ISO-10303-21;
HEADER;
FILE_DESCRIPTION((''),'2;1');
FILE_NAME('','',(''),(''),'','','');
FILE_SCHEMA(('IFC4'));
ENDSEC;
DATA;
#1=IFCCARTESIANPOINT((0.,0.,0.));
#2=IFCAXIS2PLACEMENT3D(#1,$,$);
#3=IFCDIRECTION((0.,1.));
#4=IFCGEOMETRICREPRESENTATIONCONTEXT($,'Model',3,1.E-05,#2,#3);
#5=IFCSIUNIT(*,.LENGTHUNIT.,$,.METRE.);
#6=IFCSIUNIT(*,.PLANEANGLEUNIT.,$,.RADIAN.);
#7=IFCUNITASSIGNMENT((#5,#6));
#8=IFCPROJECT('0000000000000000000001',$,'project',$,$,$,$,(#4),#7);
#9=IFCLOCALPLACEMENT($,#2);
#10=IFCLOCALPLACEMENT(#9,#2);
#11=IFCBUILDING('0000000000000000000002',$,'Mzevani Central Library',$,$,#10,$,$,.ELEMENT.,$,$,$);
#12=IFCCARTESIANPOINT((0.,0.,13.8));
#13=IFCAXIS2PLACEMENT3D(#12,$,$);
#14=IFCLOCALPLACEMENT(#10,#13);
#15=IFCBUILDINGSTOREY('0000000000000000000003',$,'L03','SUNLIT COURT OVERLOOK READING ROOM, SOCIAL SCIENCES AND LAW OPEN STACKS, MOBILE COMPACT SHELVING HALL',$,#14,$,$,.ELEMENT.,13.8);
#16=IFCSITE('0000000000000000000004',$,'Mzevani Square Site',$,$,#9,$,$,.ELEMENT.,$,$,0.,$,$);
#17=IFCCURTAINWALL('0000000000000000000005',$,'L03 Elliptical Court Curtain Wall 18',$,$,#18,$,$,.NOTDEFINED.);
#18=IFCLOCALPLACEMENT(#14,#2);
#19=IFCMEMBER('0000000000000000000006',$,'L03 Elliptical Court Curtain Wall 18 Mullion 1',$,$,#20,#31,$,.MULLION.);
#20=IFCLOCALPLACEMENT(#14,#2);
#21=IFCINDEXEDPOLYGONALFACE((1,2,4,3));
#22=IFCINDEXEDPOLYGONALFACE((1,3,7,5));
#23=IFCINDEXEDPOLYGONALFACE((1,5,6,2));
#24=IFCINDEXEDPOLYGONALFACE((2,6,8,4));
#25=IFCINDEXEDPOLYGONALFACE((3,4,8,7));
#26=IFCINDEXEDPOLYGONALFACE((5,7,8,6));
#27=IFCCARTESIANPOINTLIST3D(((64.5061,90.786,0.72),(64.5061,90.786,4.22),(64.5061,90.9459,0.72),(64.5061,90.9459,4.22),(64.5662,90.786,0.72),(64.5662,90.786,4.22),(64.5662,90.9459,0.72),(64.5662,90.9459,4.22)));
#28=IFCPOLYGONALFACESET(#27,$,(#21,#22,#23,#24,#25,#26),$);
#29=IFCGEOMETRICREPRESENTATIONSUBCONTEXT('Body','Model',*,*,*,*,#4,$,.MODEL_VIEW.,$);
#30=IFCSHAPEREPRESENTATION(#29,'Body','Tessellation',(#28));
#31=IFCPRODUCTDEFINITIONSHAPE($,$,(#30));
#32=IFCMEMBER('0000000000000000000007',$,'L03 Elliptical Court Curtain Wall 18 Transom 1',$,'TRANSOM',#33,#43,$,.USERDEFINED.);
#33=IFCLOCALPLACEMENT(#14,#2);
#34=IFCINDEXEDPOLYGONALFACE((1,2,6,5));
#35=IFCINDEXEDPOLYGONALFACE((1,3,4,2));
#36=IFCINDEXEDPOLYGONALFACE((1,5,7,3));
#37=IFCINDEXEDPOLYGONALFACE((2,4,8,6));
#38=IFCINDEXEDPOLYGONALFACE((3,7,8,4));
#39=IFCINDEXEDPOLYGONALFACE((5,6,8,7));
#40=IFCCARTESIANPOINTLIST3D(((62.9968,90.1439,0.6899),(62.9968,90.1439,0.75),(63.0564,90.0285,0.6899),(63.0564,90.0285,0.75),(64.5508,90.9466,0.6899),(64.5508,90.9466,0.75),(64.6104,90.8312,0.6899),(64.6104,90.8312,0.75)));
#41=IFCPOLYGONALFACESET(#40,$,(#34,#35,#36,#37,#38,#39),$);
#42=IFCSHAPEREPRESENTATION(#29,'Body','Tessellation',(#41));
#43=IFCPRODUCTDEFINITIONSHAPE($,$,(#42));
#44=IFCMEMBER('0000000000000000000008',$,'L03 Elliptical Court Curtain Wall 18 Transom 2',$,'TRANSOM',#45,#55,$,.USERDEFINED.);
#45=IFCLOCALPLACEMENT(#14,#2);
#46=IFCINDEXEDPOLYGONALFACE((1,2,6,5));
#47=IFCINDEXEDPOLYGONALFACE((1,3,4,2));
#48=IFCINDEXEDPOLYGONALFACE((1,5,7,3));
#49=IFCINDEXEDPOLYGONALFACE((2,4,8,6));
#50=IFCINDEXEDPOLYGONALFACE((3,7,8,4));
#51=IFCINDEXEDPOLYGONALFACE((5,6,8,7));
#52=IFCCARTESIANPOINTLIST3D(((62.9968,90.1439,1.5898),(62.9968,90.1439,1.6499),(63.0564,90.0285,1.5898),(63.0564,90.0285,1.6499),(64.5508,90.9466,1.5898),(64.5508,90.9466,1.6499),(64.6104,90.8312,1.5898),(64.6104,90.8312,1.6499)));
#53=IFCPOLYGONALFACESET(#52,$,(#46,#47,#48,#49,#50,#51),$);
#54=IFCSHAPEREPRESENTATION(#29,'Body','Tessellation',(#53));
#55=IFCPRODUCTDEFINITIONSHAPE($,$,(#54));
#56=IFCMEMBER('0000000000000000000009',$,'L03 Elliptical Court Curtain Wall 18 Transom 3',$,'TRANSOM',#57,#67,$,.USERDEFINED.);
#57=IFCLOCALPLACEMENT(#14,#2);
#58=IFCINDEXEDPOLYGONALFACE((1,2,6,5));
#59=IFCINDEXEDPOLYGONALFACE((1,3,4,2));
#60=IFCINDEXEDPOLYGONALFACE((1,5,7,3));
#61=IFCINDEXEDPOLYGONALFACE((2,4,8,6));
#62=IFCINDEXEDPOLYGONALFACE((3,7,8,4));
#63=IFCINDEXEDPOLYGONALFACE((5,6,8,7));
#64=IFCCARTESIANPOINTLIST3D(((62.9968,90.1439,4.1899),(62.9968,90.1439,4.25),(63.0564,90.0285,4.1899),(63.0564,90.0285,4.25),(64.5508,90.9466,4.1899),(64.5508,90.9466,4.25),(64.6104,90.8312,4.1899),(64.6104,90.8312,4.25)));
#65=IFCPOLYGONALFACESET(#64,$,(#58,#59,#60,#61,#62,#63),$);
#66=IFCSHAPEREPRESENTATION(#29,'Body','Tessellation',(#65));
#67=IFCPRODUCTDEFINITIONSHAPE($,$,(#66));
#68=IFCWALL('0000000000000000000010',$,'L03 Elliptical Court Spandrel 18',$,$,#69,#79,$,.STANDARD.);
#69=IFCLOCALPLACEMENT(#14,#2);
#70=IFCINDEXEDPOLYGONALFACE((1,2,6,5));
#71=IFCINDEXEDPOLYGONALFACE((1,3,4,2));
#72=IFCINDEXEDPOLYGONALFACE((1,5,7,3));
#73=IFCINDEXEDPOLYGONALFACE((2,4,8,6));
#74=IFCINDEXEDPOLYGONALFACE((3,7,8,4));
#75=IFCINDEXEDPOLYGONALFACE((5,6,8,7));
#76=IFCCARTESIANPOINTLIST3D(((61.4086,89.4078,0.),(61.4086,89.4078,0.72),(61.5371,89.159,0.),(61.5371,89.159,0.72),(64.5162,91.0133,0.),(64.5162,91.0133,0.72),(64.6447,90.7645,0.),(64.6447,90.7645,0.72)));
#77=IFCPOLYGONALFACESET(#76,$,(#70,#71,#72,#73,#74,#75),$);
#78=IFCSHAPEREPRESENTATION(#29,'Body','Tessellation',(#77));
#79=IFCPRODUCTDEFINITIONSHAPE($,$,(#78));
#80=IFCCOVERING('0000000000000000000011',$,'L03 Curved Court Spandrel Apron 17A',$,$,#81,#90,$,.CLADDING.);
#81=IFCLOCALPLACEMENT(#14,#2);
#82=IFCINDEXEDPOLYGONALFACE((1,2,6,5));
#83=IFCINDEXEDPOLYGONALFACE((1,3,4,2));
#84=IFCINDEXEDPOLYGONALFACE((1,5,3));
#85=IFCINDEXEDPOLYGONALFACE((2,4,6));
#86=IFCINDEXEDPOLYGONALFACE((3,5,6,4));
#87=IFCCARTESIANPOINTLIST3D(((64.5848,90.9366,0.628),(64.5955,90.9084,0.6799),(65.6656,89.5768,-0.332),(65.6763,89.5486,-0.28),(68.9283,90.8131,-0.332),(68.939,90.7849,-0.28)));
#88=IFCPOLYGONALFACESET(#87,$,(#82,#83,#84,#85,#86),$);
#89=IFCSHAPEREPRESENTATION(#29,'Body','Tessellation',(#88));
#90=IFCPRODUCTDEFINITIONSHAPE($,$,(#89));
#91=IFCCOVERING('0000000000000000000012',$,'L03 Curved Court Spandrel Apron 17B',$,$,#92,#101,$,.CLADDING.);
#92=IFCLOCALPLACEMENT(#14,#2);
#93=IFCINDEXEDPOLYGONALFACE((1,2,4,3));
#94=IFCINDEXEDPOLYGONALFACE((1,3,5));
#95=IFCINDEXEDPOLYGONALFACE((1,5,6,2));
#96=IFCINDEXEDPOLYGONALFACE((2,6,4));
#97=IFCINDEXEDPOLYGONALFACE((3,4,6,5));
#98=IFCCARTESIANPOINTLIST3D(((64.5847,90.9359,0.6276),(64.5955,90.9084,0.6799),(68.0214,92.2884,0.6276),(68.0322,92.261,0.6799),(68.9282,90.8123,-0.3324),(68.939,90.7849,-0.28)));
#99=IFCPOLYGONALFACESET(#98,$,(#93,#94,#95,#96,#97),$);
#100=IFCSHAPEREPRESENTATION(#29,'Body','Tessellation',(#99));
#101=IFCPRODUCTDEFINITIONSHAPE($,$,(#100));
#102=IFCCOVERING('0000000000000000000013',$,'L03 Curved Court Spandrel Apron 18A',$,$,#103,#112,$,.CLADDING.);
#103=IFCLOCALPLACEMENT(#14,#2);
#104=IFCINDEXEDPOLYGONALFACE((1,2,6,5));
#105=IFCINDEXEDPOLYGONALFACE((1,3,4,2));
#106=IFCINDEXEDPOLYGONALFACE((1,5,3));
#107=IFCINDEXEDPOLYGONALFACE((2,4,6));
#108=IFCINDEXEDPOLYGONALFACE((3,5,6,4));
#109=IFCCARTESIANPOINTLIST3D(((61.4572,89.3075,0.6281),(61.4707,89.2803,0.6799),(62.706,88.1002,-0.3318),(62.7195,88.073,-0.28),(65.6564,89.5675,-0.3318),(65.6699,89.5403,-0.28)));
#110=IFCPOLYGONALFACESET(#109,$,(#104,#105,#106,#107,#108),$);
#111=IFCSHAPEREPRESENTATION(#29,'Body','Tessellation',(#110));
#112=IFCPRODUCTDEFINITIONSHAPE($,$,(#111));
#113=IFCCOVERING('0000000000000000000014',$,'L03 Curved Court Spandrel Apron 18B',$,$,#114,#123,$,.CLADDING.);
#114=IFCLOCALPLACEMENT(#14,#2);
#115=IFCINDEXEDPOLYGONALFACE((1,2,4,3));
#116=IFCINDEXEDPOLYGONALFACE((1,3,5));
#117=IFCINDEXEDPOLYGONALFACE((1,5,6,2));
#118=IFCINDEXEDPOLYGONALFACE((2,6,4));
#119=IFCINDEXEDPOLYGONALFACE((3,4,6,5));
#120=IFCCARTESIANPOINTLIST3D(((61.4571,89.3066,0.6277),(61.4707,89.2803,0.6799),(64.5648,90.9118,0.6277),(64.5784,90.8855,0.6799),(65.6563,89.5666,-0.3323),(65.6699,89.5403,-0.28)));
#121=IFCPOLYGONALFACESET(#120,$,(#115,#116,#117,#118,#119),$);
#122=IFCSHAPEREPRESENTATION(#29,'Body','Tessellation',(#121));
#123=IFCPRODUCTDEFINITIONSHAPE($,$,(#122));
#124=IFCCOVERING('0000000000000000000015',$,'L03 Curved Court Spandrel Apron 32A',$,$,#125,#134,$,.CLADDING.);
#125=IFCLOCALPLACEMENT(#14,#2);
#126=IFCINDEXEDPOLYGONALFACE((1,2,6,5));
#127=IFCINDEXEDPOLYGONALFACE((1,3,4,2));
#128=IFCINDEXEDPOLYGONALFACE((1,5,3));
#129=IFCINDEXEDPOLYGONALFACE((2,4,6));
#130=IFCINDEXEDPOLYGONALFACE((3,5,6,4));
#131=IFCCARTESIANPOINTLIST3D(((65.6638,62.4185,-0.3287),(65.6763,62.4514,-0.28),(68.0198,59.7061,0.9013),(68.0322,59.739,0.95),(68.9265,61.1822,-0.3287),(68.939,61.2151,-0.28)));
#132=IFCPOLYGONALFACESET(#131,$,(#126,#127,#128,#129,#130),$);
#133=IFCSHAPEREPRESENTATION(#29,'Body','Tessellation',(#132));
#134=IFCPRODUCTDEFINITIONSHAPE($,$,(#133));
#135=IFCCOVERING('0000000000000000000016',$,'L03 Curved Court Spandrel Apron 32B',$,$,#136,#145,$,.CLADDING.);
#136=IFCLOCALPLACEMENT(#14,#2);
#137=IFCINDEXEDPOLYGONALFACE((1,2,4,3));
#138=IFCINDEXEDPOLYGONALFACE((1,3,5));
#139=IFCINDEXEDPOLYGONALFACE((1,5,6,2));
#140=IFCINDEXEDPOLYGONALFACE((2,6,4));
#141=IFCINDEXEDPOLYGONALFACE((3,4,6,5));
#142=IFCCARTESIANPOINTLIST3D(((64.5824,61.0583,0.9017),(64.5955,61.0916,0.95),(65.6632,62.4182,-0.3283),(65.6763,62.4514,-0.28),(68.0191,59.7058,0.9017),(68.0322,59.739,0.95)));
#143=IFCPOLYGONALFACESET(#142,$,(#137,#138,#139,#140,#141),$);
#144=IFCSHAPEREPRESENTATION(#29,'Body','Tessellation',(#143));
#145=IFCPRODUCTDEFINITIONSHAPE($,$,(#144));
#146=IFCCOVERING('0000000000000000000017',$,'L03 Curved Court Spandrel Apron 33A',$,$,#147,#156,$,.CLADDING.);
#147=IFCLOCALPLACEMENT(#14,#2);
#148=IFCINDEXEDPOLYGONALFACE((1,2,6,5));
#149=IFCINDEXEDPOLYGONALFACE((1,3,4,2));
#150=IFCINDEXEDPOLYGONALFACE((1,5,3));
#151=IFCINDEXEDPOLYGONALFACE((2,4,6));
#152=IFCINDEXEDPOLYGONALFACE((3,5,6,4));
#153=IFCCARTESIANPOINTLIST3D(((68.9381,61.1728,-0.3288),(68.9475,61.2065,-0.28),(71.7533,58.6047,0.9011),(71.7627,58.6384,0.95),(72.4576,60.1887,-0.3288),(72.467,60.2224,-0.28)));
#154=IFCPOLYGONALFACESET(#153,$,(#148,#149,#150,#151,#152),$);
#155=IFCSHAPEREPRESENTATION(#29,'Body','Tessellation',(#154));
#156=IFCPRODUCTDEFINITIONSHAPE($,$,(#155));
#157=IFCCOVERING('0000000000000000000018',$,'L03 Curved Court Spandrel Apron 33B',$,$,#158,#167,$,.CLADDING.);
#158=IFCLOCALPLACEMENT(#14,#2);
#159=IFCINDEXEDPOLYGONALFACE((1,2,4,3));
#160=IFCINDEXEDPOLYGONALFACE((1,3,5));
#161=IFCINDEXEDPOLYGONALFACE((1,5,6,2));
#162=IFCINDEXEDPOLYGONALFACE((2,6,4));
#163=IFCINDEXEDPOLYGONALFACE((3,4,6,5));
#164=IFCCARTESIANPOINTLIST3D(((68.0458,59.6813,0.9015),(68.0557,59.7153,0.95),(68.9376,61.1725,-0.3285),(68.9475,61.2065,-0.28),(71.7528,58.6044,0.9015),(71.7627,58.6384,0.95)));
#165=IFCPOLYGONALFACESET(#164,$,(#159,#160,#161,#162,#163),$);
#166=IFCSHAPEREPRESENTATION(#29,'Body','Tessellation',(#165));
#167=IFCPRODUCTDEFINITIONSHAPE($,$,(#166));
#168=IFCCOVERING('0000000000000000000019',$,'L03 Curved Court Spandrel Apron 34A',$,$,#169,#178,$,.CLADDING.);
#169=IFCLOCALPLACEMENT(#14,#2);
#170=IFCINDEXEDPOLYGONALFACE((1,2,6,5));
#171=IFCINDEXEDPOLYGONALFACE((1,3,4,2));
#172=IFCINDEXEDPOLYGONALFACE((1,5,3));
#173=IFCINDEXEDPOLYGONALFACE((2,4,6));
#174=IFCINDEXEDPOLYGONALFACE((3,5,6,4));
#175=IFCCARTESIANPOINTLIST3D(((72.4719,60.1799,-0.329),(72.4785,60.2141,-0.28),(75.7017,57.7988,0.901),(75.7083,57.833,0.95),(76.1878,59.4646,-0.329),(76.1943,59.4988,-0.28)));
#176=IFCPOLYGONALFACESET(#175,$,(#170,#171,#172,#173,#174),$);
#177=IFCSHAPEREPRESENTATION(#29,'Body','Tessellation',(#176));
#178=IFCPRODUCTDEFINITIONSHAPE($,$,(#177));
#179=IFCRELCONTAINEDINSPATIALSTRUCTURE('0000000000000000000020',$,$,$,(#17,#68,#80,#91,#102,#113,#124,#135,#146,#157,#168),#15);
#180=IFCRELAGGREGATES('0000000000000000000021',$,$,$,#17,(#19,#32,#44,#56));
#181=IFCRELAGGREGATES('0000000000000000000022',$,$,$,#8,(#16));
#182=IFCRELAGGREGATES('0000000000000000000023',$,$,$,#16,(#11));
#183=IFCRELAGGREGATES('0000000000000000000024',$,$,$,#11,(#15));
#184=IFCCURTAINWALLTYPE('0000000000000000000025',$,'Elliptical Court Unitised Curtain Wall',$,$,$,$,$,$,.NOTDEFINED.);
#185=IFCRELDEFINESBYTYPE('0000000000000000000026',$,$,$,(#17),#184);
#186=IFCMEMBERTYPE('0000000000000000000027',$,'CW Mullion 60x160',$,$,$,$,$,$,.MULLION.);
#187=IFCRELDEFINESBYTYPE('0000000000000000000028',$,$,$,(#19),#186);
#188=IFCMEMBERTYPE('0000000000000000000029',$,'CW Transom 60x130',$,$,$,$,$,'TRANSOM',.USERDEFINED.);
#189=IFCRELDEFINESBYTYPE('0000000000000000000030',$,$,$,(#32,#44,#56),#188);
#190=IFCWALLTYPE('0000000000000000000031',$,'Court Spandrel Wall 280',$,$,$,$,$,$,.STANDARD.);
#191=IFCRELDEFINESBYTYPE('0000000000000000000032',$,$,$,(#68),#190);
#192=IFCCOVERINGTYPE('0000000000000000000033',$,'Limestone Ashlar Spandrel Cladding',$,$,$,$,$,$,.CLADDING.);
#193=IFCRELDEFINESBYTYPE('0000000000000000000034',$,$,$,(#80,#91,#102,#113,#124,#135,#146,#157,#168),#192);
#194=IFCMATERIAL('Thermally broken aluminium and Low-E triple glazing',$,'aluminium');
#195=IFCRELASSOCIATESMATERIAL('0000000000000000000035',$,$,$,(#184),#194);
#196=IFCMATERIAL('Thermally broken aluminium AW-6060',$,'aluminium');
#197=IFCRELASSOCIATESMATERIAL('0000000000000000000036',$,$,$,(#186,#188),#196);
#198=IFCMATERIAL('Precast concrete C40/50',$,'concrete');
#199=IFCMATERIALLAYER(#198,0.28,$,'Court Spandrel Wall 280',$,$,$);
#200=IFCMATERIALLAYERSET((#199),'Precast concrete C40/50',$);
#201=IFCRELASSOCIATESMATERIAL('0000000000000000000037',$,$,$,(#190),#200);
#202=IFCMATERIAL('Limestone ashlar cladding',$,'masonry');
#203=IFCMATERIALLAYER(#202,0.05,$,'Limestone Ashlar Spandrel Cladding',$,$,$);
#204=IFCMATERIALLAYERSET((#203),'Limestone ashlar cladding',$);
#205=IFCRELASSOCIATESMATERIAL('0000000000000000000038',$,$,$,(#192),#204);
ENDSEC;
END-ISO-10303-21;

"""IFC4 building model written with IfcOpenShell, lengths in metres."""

from ifc_helpers import new_model, si_unit, direction, frame, frame_2d, origin, origin_2d, place, context, subcontext, project, spatial, polyline, rectangle, outline, extrude, material, layer, layer_set, material_profile, profile_set, type_object, element, aggregate, save


model = new_model("IFC4")

# Units and contexts
model_context = context("Model", 3, precision=1e-05, world=origin(), true_north=direction((0.0, 1.0)))
body_context = subcontext(model_context, "Body", "Model", "MODEL_VIEW")
ifc_project = project(units=[si_unit("LENGTHUNIT", "METRE"), si_unit("PLANEANGLEUNIT", "RADIAN")], contexts=[model_context])

# Site, building, storey
site_placement = place(None, origin())
site = spatial("IfcSite", under=ifc_project, at=site_placement, Name="Mzevani Square Site", CompositionType="ELEMENT", RefElevation=0.0)
building_placement = place(site_placement, origin())
building = spatial("IfcBuilding", under=site, at=building_placement, Name="Mzevani Central Library", CompositionType="ELEMENT")
storey_placement = place(building_placement, frame((0.0, 0.0, 13.8)))
storey = spatial("IfcBuildingStorey", under=building, at=storey_placement, Name="L03", Description="SUNLIT COURT OVERLOOK READING ROOM, SOCIAL SCIENCES AND LAW OPEN STACKS, MOBILE COMPACT SHELVING HALL", CompositionType="ELEMENT", Elevation=13.8)

# Curtain wall, members
ifc_material_1 = material(Name="Thermally broken aluminium and Low-E triple glazing", Category="aluminium")
curtain_wall_type = type_object("IfcCurtainWallType", Name="Elliptical Court Unitised Curtain Wall", PredefinedType="NOTDEFINED", material=ifc_material_1)
curtain_wall_placement = place(storey_placement, origin())
curtain_wall = element("IfcCurtainWall", 1, at=curtain_wall_placement, inside=storey, type_object=curtain_wall_type, Name="L03 Elliptical Court Curtain Wall 18", PredefinedType="NOTDEFINED")
ifc_material_2 = material(Name="Thermally broken aluminium AW-6060", Category="aluminium")
ifc_material_profile_1 = material_profile(ifc_material_2, rectangle(XDim=0.0601, YDim=0.1599, at=origin_2d()), Name="ALU M60x160")
ifc_profile_set_1 = profile_set([ifc_material_profile_1], Name="Thermally broken aluminium AW-6060")
member_type_1 = type_object("IfcMemberType", Name="CW Mullion 60x160", PredefinedType="MULLION", material=ifc_profile_set_1)
member_1_placement = place(storey_placement, frame((64.5361, 90.866, 0.72), z_axis=(0.0, 0.0, 1.0), x_axis=(1.0, 0.0, 0.0)))
member_1 = element("IfcMember", 2, at=member_1_placement, type_object=member_type_1, Name="L03 Elliptical Court Curtain Wall 18 Mullion 1", PredefinedType="MULLION", context=body_context, shape_type="SweptSolid", body=[
    extrude(rectangle(XDim=0.0601, YDim=0.1599, at=origin_2d()), origin(), (0.0, 0.0, 1.0), 3.5),
])
ifc_material_profile_2 = material_profile(ifc_material_2, rectangle(XDim=0.1299, YDim=0.0601, at=origin_2d()), Name="ALU T60x130")
ifc_profile_set_2 = profile_set([ifc_material_profile_2], Name="Thermally broken aluminium AW-6060")
member_type_2 = type_object("IfcMemberType", Name="CW Transom 60x130", ElementType="TRANSOM", PredefinedType="USERDEFINED", material=ifc_profile_set_2)
member_2_placement = place(storey_placement, frame((64.5806, 90.8889, 0.72), z_axis=(-0.888459, -0.458956, 0.0), x_axis=(0.458956, -0.888459, 0.0)))
member_2 = element("IfcMember", 3, at=member_2_placement, type_object=member_type_2, Name="L03 Elliptical Court Curtain Wall 18 Transom 1", ObjectType="TRANSOM", PredefinedType="USERDEFINED", context=body_context, shape_type="SweptSolid", body=[
    extrude(rectangle(XDim=0.1299, YDim=0.0601, at=origin_2d()), origin(), (0.0, 0.0, 1.0), 1.749),
])
member_3_placement = place(storey_placement, frame((64.5806, 90.8889, 1.6199), z_axis=(-0.888459, -0.458956, 0.0), x_axis=(0.458956, -0.888459, 0.0)))
member_3 = element("IfcMember", 4, at=member_3_placement, type_object=member_type_2, Name="L03 Elliptical Court Curtain Wall 18 Transom 2", ObjectType="TRANSOM", PredefinedType="USERDEFINED", context=body_context, shape_type="SweptSolid", body=[
    extrude(rectangle(XDim=0.1299, YDim=0.0601, at=origin_2d()), origin(), (0.0, 0.0, 1.0), 1.749),
])
member_4_placement = place(storey_placement, frame((64.5806, 90.8889, 4.22), z_axis=(-0.888459, -0.458956, 0.0), x_axis=(0.458956, -0.888459, 0.0)))
member_4 = element("IfcMember", 5, at=member_4_placement, type_object=member_type_2, Name="L03 Elliptical Court Curtain Wall 18 Transom 3", ObjectType="TRANSOM", PredefinedType="USERDEFINED", context=body_context, shape_type="SweptSolid", body=[
    extrude(rectangle(XDim=0.1299, YDim=0.0601, at=origin_2d()), origin(), (0.0, 0.0, 1.0), 1.749),
])
aggregate(curtain_wall, [member_1, member_2, member_3, member_4])

# Wall
ifc_material_3 = material(Name="Precast concrete C40/50", Category="concrete")
ifc_layer_1 = layer(ifc_material_3, 0.28, Name="Court Spandrel Wall 280")
ifc_layer_set_1 = layer_set([ifc_layer_1], Name="Precast concrete C40/50")
wall_type = type_object("IfcWallType", Name="Court Spandrel Wall 280", PredefinedType="STANDARD", material=ifc_layer_set_1)
wall_placement = place(storey_placement, frame((64.5806, 90.8889, 0.0), z_axis=(0.0, 0.0, 1.0), x_axis=(-0.888444, -0.458984, 0.0)))
element("IfcWall", 6, at=wall_placement, inside=storey, type_object=wall_type, Name="L03 Elliptical Court Spandrel 18", PredefinedType="STANDARD", context=body_context, shape_type="SweptSolid", body=[
    extrude(rectangle(XDim=3.4978, YDim=0.28, at=frame_2d((1.749, 0.0))), origin(), (0.0, 0.0, 1.0), 0.72),
])

# Coverings
ifc_material_4 = material(Name="Limestone ashlar cladding", Category="masonry")
ifc_layer_2 = layer(ifc_material_4, 0.05, Name="Limestone Ashlar Spandrel Cladding")
ifc_layer_set_2 = layer_set([ifc_layer_2], Name="Limestone ashlar cladding")
covering_type = type_object("IfcCoveringType", Name="Limestone Ashlar Spandrel Cladding", PredefinedType="CLADDING", material=ifc_layer_set_2)
covering_1_placement = place(storey_placement, frame((68.939, 90.7849, -0.28), z_axis=(0.17782, -0.46927, 0.864966), x_axis=(-0.935116, -0.354342, 0.0)))
element("IfcCovering", 7, at=covering_1_placement, inside=storey, type_object=covering_type, Name="L03 Curved Court Spandrel Apron 17A", PredefinedType="CLADDING", context=body_context, shape_type="SweptSolid", body=[
    extrude(outline(polyline([(0.0, 0.0), (3.4891, 0.0), (4.0179, -1.9129), (0.0, 0.0)])), origin(), (0.0, 0.0, -1.0), 0.0601),
])
covering_2_placement = place(storey_placement, frame((68.939, 90.7849, -0.28), z_axis=(0.179619, -0.456408, 0.871452), x_axis=(-0.976061, 0.02776, 0.21572)))
element("IfcCovering", 8, at=covering_2_placement, inside=storey, type_object=covering_type, Name="L03 Curved Court Spandrel Apron 17B", PredefinedType="CLADDING", context=body_context, shape_type="SweptSolid", body=[
    extrude(outline(polyline([(0.0, 0.0), (4.45, 0.0), (1.1331, -1.6244), (0.0, 0.0)])), origin(), (0.0, 0.0, -1.0), 0.0601),
])
covering_3_placement = place(storey_placement, frame((65.6699, 89.5403, -0.28), z_axis=(0.225245, -0.452926, 0.862626), x_axis=(-0.895388, -0.445286, 0.0)))
element("IfcCovering", 9, at=covering_3_placement, inside=storey, type_object=covering_type, Name="L03 Curved Court Spandrel Apron 18A", PredefinedType="CLADDING", context=body_context, shape_type="SweptSolid", body=[
    extrude(outline(polyline([(0.0, 0.0), (3.2952, 0.0), (3.8757, -1.8977), (0.0, 0.0)])), origin(), (0.0, 0.0, -1.0), 0.0601),
])
covering_4_placement = place(storey_placement, frame((65.6699, 89.5403, -0.28), z_axis=(0.226047, -0.437621, 0.870282), x_axis=(-0.97308, -0.060252, 0.222451)))
element("IfcCovering", 10, at=covering_4_placement, inside=storey, type_object=covering_type, Name="L03 Curved Court Spandrel Apron 18B", PredefinedType="CLADDING", context=body_context, shape_type="SweptSolid", body=[
    extrude(outline(polyline([(0.0, 0.0), (4.3154, 0.0), (1.1947, -1.5797), (0.0, 0.0)])), origin(), (0.0, 0.0, -1.0), 0.0601),
])
covering_5_placement = place(storey_placement, frame((65.6763, 62.4514, -0.28), z_axis=(0.20758, 0.547809, 0.810442), x_axis=(0.935116, -0.354342, 0.0)))
element("IfcCovering", 11, at=covering_5_placement, inside=storey, type_object=covering_type, Name="L03 Curved Court Spandrel Apron 32A", PredefinedType="CLADDING", context=body_context, shape_type="SweptSolid", body=[
    extrude(outline(polyline([(0.0, 0.0), (3.4891, 0.0), (3.1642, -2.0996), (0.0, 0.0)])), origin(), (0.0, 0.0, -1.0), 0.0601),
])
covering_6_placement = place(storey_placement, frame((65.6763, 62.4514, -0.28), z_axis=(0.217917, 0.553722, 0.803682), x_axis=(0.620407, -0.714272, 0.323898)))
element("IfcCovering", 12, at=covering_6_placement, inside=storey, type_object=covering_type, Name="L03 Curved Court Spandrel Apron 32B", PredefinedType="CLADDING", context=body_context, shape_type="SweptSolid", body=[
    extrude(outline(polyline([(0.0, 0.0), (3.7974, 0.0), (0.6992, -2.0103), (0.0, 0.0)])), origin(), (0.0, 0.0, -1.0), 0.0601),
])
covering_7_placement = place(storey_placement, frame((68.9475, 61.2065, -0.28), z_axis=(0.156934, 0.561239, 0.812639), x_axis=(0.963059, -0.26929, 0.0)))
element("IfcCovering", 13, at=covering_7_placement, inside=storey, type_object=covering_type, Name="L03 Curved Court Spandrel Apron 33A", PredefinedType="CLADDING", context=body_context, shape_type="SweptSolid", body=[
    extrude(outline(polyline([(0.0, 0.0), (3.6545, 0.0), (3.4028, -2.1106), (0.0, 0.0)])), origin(), (0.0, 0.0, -1.0), 0.0601),
])
covering_8_placement = place(storey_placement, frame((68.9475, 61.2065, -0.28), z_axis=(0.164745, 0.567103, 0.807003), x_axis=(0.703064, -0.641361, 0.307175)))
element("IfcCovering", 14, at=covering_8_placement, inside=storey, type_object=covering_type, Name="L03 Curved Court Spandrel Apron 33B", PredefinedType="CLADDING", context=body_context, shape_type="SweptSolid", body=[
    extrude(outline(polyline([(0.0, 0.0), (4.0042, 0.0), (0.7072, -2.0079), (0.0, 0.0)])), origin(), (0.0, 0.0, -1.0), 0.0601),
])
covering_9_placement = place(storey_placement, frame((72.4785, 60.2141, -0.28), z_axis=(0.109638, 0.56952, 0.814633), x_axis=(0.98197, -0.189039, 0.0)))
element("IfcCovering", 15, at=covering_9_placement, inside=storey, type_object=covering_type, Name="L03 Curved Court Spandrel Apron 34A", PredefinedType="CLADDING", context=body_context, shape_type="SweptSolid", body=[
    extrude(outline(polyline([(0.0, 0.0), (3.784, 0.0), (3.6216, -2.1207), (0.0, 0.0)])), origin(), (0.0, 0.0, -1.0), 0.0601),
])

save(model, "model.ifc")
